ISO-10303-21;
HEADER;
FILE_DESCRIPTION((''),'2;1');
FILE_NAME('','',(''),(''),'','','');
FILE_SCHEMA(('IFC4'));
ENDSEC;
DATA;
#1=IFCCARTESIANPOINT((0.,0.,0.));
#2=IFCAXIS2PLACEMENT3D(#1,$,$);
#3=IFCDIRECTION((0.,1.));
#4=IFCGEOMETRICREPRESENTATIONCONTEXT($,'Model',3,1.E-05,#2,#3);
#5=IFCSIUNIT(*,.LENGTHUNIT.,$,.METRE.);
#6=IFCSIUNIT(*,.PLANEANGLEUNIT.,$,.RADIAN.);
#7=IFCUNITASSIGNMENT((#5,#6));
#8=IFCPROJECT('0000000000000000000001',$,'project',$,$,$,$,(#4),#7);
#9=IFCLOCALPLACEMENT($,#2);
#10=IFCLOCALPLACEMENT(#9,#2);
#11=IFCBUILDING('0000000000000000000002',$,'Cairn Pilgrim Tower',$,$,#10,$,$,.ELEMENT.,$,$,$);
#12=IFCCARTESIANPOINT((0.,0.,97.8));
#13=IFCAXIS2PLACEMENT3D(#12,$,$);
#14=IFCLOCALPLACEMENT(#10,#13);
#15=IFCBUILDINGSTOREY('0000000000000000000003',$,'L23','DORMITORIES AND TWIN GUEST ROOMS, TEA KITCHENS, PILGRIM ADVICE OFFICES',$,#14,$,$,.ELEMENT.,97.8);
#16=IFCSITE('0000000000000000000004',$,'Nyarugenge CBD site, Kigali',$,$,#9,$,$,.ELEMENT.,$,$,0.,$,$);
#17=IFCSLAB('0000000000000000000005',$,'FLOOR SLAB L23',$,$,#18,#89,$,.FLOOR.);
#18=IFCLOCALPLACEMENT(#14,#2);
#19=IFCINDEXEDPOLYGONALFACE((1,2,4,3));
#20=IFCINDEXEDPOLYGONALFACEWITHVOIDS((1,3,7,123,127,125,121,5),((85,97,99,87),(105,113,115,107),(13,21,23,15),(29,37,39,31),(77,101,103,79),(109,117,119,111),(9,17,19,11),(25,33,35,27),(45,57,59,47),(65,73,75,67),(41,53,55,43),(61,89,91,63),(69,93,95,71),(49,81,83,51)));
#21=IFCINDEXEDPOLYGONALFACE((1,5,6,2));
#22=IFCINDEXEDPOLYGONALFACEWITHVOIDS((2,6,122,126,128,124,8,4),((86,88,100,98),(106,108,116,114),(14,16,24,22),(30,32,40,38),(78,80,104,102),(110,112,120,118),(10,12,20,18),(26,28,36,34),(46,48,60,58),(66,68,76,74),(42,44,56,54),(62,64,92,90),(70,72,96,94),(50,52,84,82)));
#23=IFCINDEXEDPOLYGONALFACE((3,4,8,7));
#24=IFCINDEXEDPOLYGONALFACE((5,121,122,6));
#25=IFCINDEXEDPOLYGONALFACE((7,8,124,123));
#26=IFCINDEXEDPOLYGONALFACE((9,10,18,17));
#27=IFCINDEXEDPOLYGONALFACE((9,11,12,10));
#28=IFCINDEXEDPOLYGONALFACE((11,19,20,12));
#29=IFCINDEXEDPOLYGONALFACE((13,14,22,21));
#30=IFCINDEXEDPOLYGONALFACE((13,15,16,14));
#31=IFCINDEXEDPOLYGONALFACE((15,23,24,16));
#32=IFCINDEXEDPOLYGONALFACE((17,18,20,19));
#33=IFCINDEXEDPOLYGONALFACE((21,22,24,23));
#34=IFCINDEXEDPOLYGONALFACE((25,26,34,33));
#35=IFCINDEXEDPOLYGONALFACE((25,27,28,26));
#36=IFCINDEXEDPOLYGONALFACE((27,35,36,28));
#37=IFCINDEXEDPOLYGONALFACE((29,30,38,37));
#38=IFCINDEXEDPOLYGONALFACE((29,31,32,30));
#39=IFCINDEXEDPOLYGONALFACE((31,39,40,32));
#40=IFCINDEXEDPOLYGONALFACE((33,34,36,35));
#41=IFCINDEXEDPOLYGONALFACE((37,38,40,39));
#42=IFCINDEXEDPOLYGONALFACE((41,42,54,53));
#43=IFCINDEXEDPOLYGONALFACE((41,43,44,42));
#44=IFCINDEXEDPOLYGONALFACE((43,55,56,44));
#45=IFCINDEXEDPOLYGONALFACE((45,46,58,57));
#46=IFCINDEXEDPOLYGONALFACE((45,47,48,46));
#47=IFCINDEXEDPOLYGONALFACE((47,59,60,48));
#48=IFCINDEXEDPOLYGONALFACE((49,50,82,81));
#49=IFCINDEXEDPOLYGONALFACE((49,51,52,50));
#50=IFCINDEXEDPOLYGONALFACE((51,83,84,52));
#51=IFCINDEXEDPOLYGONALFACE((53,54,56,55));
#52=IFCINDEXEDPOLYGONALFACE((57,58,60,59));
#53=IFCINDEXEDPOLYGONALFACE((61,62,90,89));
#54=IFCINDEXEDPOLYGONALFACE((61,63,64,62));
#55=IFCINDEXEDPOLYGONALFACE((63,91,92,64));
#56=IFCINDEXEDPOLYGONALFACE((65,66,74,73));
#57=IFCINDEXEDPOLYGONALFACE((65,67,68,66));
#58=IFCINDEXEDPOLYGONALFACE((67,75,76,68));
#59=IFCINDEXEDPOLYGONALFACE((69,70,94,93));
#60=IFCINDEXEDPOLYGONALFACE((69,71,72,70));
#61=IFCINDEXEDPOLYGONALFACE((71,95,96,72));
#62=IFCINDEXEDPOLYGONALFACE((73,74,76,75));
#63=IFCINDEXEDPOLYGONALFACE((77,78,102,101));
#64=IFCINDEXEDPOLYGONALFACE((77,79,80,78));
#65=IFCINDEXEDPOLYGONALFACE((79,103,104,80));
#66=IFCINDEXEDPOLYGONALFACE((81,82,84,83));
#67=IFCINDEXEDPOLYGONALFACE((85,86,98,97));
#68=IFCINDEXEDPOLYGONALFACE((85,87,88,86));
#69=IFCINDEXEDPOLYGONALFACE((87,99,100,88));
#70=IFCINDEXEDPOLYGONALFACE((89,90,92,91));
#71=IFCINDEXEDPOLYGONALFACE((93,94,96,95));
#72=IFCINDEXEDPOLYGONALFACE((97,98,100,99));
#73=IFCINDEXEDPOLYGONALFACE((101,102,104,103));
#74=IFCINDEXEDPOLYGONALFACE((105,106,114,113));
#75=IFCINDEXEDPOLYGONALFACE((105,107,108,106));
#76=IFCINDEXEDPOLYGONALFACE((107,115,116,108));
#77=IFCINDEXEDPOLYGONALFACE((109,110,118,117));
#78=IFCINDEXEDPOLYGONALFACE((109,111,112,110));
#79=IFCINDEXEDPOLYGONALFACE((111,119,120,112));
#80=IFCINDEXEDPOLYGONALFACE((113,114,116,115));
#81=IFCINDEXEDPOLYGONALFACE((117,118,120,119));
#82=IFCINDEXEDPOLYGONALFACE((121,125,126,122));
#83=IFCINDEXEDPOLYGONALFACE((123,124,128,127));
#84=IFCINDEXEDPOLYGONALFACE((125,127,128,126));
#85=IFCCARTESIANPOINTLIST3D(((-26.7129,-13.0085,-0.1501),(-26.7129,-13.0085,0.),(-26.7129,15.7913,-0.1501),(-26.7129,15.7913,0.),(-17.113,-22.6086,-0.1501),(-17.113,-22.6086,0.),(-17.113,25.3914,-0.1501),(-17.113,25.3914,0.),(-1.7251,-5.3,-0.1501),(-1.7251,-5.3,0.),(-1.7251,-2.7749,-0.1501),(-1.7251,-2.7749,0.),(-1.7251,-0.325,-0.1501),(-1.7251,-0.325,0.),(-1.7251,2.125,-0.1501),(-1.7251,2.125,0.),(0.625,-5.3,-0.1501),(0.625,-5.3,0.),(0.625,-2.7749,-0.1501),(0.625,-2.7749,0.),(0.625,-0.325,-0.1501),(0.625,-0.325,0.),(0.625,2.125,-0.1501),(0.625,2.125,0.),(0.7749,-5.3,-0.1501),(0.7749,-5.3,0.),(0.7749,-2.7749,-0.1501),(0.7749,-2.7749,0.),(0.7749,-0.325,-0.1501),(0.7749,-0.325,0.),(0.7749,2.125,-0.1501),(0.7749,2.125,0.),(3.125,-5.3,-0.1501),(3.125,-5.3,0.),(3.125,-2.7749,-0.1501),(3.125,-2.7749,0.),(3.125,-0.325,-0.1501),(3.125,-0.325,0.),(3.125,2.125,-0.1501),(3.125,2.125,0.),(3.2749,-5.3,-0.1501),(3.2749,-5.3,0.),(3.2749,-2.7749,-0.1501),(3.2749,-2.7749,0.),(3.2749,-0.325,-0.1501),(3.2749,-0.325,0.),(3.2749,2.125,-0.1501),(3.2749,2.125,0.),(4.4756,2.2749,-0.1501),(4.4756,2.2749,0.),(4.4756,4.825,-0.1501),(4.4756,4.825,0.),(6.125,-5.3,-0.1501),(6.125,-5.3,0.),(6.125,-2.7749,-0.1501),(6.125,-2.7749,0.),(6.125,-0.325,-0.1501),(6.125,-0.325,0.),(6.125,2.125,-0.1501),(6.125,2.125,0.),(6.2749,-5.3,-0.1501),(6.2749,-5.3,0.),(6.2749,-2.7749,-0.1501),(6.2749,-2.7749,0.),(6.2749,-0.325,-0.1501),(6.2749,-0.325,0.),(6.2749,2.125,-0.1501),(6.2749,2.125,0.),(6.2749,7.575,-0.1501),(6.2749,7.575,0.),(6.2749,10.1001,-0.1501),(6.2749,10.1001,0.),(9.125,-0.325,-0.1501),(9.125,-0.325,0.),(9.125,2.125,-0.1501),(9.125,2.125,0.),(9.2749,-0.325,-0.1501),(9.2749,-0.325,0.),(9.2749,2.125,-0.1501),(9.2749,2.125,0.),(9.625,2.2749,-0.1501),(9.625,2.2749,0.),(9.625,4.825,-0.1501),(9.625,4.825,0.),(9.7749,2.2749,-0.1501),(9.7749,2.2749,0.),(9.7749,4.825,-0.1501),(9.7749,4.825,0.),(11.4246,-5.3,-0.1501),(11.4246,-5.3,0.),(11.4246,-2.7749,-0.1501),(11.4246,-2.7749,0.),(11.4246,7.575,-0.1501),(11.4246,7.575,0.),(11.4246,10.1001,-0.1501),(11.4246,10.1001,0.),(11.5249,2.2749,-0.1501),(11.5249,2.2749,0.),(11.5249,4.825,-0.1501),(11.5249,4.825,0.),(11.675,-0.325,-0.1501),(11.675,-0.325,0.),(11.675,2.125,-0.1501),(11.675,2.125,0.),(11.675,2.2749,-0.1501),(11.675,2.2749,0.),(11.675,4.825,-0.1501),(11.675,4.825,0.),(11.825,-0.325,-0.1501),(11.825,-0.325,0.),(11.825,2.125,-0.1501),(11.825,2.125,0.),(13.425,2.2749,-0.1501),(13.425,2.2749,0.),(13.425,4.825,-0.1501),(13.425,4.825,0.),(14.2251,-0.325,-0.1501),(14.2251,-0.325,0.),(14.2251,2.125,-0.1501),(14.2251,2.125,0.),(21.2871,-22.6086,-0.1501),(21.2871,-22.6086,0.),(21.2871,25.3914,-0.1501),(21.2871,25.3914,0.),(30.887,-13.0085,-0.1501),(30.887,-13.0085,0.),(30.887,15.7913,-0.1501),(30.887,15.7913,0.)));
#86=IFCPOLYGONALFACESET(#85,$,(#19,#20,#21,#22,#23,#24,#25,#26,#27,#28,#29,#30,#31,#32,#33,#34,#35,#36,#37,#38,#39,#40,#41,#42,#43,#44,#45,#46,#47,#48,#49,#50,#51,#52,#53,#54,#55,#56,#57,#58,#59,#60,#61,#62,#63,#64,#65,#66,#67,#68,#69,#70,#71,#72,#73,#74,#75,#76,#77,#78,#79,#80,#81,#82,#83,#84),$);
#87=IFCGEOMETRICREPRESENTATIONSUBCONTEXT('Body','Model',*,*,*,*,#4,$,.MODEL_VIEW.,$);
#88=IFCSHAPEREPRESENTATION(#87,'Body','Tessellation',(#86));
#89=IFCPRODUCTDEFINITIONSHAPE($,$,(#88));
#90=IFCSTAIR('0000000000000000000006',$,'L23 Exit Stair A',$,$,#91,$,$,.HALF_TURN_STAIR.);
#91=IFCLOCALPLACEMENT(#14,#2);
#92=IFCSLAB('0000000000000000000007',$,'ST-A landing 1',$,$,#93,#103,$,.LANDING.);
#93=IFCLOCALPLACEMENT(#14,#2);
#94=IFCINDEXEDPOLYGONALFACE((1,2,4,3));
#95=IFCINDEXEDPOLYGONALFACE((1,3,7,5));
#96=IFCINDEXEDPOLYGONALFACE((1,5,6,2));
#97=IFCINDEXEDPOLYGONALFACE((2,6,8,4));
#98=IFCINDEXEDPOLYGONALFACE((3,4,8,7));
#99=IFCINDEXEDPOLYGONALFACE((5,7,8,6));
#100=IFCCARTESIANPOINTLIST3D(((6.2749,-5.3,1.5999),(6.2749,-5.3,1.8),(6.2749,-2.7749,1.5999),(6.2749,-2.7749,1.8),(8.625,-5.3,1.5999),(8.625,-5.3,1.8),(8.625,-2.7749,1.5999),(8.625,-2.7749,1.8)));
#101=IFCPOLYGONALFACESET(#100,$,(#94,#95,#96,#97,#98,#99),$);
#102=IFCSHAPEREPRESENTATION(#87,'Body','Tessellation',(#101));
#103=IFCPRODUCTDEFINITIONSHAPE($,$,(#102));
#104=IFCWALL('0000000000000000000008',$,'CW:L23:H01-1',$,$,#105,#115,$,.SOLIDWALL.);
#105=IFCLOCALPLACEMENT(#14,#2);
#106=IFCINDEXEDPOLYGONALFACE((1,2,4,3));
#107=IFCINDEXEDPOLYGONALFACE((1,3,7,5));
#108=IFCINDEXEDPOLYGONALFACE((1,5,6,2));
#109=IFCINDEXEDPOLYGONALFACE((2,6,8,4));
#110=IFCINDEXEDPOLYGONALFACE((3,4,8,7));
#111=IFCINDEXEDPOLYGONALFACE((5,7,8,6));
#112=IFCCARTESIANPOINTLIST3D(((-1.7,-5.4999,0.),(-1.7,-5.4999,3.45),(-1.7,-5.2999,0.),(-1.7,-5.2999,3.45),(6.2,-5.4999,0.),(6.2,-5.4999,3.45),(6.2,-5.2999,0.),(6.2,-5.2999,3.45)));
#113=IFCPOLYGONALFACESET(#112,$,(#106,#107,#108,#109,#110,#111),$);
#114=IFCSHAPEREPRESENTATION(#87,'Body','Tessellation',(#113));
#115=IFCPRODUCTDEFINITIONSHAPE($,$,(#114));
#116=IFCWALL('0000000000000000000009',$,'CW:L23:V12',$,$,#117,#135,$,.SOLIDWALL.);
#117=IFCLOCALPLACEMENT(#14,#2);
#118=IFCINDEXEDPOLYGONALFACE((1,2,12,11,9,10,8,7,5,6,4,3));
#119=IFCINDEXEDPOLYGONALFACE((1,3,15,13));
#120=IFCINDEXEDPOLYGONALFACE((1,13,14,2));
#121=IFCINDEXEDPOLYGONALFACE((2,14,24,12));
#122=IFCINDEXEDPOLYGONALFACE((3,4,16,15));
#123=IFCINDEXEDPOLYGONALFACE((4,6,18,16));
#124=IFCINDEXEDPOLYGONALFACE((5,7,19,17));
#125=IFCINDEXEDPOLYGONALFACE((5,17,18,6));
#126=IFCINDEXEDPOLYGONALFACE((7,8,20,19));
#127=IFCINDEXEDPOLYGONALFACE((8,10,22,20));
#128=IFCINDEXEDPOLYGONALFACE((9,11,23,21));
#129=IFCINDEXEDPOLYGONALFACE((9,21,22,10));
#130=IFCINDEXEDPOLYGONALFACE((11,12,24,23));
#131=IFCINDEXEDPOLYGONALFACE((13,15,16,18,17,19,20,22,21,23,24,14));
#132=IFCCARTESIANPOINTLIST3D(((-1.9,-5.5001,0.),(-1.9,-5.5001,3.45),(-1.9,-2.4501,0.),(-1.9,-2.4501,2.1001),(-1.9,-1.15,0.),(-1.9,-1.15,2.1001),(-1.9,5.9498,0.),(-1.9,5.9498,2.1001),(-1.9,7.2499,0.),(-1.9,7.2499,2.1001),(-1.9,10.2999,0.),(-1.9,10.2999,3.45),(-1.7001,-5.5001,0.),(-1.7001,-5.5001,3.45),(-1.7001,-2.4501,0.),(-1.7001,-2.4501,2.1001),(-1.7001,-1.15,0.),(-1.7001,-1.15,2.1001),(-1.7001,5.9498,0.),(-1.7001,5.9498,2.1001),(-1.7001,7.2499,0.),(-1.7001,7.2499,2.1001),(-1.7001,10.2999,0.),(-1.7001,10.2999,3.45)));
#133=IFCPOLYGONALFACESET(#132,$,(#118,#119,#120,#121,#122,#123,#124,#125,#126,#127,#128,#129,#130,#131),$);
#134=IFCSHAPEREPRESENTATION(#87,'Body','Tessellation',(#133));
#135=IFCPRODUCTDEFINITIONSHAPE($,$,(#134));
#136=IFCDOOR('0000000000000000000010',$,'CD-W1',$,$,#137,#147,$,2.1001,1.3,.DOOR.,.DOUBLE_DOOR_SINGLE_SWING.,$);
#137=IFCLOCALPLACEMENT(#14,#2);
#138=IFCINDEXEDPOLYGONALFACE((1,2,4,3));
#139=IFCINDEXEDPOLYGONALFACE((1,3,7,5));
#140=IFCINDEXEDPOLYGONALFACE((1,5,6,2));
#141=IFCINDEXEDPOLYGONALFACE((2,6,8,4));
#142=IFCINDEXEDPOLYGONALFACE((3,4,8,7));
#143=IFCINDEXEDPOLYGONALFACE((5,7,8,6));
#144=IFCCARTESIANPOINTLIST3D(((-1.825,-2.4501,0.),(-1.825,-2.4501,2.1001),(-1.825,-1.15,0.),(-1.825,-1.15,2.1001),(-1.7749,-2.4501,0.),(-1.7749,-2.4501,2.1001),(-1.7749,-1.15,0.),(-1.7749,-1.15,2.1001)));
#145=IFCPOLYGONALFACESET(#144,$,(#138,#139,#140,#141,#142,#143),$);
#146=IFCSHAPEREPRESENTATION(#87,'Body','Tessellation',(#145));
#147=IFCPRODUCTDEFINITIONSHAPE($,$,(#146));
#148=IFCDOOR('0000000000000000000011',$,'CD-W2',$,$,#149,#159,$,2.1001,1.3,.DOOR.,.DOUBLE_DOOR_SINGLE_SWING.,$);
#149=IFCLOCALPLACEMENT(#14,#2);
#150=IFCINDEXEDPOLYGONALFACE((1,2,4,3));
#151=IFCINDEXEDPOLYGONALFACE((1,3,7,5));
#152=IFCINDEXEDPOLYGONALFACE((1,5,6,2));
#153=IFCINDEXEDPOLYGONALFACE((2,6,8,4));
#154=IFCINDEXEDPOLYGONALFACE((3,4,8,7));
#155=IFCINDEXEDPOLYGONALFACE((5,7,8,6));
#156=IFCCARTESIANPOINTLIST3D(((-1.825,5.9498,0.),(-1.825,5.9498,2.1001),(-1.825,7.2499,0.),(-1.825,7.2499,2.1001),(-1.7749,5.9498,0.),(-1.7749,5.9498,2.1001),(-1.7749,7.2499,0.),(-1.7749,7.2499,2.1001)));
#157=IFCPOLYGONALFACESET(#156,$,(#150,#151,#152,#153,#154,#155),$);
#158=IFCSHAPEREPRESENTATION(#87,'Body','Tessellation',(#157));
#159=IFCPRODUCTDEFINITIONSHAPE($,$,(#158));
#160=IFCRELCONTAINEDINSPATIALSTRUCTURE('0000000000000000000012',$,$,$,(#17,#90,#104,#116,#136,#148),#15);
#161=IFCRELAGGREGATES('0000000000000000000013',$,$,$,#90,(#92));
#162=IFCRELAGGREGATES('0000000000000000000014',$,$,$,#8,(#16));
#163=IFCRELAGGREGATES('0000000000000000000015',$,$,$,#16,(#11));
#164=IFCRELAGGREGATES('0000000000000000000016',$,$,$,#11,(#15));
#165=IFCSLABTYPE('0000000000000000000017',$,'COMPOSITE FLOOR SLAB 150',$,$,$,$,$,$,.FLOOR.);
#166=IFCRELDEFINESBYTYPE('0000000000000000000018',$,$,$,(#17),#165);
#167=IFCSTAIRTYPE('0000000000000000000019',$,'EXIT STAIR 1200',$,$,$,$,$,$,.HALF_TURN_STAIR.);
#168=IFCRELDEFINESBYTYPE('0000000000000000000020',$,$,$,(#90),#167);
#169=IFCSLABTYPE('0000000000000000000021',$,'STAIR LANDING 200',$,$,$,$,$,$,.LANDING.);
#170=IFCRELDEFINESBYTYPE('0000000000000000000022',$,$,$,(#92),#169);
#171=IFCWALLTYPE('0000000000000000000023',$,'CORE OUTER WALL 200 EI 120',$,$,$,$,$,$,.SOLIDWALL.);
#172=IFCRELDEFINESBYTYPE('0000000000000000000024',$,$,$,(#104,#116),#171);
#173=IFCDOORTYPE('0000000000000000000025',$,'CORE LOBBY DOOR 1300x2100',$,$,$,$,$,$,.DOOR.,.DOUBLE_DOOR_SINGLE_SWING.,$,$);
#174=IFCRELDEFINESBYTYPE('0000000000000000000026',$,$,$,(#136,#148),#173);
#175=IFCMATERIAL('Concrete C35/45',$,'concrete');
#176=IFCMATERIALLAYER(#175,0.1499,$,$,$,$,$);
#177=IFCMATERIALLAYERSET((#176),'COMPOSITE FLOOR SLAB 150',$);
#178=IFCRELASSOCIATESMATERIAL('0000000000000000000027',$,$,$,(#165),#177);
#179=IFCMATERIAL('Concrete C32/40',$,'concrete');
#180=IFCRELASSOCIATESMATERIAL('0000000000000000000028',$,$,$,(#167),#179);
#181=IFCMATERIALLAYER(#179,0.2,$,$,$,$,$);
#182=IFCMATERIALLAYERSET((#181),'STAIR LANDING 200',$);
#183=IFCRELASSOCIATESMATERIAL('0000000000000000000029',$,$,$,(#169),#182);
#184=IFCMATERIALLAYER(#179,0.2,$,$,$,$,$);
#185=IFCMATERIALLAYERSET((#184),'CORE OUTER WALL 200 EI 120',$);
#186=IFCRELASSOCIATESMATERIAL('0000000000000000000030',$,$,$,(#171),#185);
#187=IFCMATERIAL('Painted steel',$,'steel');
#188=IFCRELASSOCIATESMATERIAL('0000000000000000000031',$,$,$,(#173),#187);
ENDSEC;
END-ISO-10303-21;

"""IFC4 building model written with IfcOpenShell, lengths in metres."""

from ifc_helpers import new_model, si_unit, direction, frame, frame_2d, origin, place, context, subcontext, project, spatial, polyline, rectangle, outline, extrude, material, layer, layer_set, type_object, element, fill, aggregate, save


model = new_model("IFC4")

# Units and contexts
model_context = context("Model", 3, precision=1e-05, world=origin(), true_north=direction((0.0, 1.0)))
body_context = subcontext(model_context, "Body", "Model", "MODEL_VIEW")
ifc_project = project(units=[si_unit("LENGTHUNIT", "METRE"), si_unit("PLANEANGLEUNIT", "RADIAN")], contexts=[model_context])

# Site, building, storey
site_placement = place(None, origin())
site = spatial("IfcSite", under=ifc_project, at=site_placement, Name="Nyarugenge CBD site, Kigali", CompositionType="ELEMENT", RefElevation=0.0)
building_placement = place(site_placement, origin())
building = spatial("IfcBuilding", under=site, at=building_placement, Name="Cairn Pilgrim Tower", CompositionType="ELEMENT")
storey_placement = place(building_placement, frame((0.0, 0.0, 97.8)))
storey = spatial("IfcBuildingStorey", under=building, at=storey_placement, Name="L23", Description="DORMITORIES AND TWIN GUEST ROOMS, TEA KITCHENS, PILGRIM ADVICE OFFICES", CompositionType="ELEMENT", Elevation=97.8)

# Slab
ifc_material_1 = material(Name="Concrete C35/45", Category="concrete")
ifc_layer_1 = layer(ifc_material_1, 0.1499)
ifc_layer_set_1 = layer_set([ifc_layer_1], Name="COMPOSITE FLOOR SLAB 150")
slab_type_1 = type_object("IfcSlabType", Name="COMPOSITE FLOOR SLAB 150", PredefinedType="FLOOR", material=ifc_layer_set_1)
slab_1_placement = place(storey_placement, frame((0.0, 0.0, -0.1501)))
element("IfcSlab", 1, at=slab_1_placement, inside=storey, type_object=slab_type_1, Name="FLOOR SLAB L23", PredefinedType="FLOOR", context=body_context, shape_type="SweptSolid", body=[
    extrude(outline(polyline([(-17.113, -22.6086), (21.2871, -22.6086), (30.887, -13.0085), (30.887, 15.7913), (21.2871, 25.3914), (-17.113, 25.3914), (-26.7129, 15.7913), (-26.7129, -13.0085), (-17.113, -22.6086)]), holes=[polyline([(-1.7251, -5.3), (0.625, -5.3), (0.625, -2.7749), (-1.7251, -2.7749), (-1.7251, -5.3)]), polyline([(0.7749, -5.3), (3.125, -5.3), (3.125, -2.7749), (0.7749, -2.7749), (0.7749, -5.3)]), polyline([(-1.7251, -0.325), (0.625, -0.325), (0.625, 2.125), (-1.7251, 2.125), (-1.7251, -0.325)]), polyline([(0.7749, -0.325), (3.125, -0.325), (3.125, 2.125), (0.7749, 2.125), (0.7749, -0.325)]), polyline([(3.2749, -5.3), (6.125, -5.3), (6.125, -2.7749), (3.2749, -2.7749), (3.2749, -5.3)]), polyline([(3.2749, -0.325), (6.125, -0.325), (6.125, 2.125), (3.2749, 2.125), (3.2749, -0.325)]), polyline([(6.2749, -0.325), (9.125, -0.325), (9.125, 2.125), (6.2749, 2.125), (6.2749, -0.325)]), polyline([(9.2749, -0.325), (11.675, -0.325), (11.675, 2.125), (9.2749, 2.125), (9.2749, -0.325)]), polyline([(11.825, -0.325), (14.2251, -0.325), (14.2251, 2.125), (11.825, 2.125), (11.825, -0.325)]), polyline([(9.7749, 2.2749), (11.5249, 2.2749), (11.5249, 4.825), (9.7749, 4.825), (9.7749, 2.2749)]), polyline([(11.675, 2.2749), (13.425, 2.2749), (13.425, 4.825), (11.675, 4.825), (11.675, 2.2749)]), polyline([(11.4246, -2.7749), (6.2749, -2.7749), (6.2749, -5.3), (11.4246, -5.3), (11.4246, -2.7749)]), polyline([(4.4756, 2.2749), (9.625, 2.2749), (9.625, 4.825), (4.4756, 4.825), (4.4756, 2.2749)]), polyline([(11.4246, 10.1001), (6.2749, 10.1001), (6.2749, 7.575), (11.4246, 7.575), (11.4246, 10.1001)])]), origin(), (0.0, 0.0, 1.0), 0.1501),
])

# Stair, slab
ifc_material_2 = material(Name="Concrete C32/40", Category="concrete")
stair_type = type_object("IfcStairType", Name="EXIT STAIR 1200", PredefinedType="HALF_TURN_STAIR", material=ifc_material_2)
stair_placement = place(storey_placement, origin())
stair = element("IfcStair", 2, at=stair_placement, inside=storey, type_object=stair_type, Name="L23 Exit Stair A", PredefinedType="HALF_TURN_STAIR")
ifc_layer_2 = layer(ifc_material_2, 0.2)
ifc_layer_set_2 = layer_set([ifc_layer_2], Name="STAIR LANDING 200")
slab_type_2 = type_object("IfcSlabType", Name="STAIR LANDING 200", PredefinedType="LANDING", material=ifc_layer_set_2)
slab_2_placement = place(storey_placement, frame((0.0, 0.0, 1.5999)))
slab_2 = element("IfcSlab", 3, at=slab_2_placement, type_object=slab_type_2, Name="ST-A landing 1", PredefinedType="LANDING", context=body_context, shape_type="SweptSolid", body=[
    extrude(outline(polyline([(8.625, -2.7749), (6.2749, -2.7749), (6.2749, -5.3), (8.625, -5.3), (8.625, -2.7749)])), origin(), (0.0, 0.0, 1.0), 0.2002),
])
aggregate(stair, [slab_2])

# Wall
ifc_layer_3 = layer(ifc_material_2, 0.2)
ifc_layer_set_3 = layer_set([ifc_layer_3], Name="CORE OUTER WALL 200 EI 120")
wall_type_1 = type_object("IfcWallType", Name="CORE OUTER WALL 200 EI 120", PredefinedType="SOLIDWALL", material=ifc_layer_set_3)
wall_1_placement = place(storey_placement, frame((-1.7, -5.3999, 0.0), z_axis=(0.0, 0.0, 1.0), x_axis=(1.0, 0.0, 0.0)))
element("IfcWall", 4, at=wall_1_placement, inside=storey, type_object=wall_type_1, Name="CW:L23:H01-1", PredefinedType="SOLIDWALL", context=body_context, shape_type="SweptSolid", body=[
    extrude(rectangle(XDim=7.8999, YDim=0.2, at=frame_2d((3.95, 0.0))), origin(), (0.0, 0.0, 1.0), 3.45),
])

# Wall, openings, doors
wall_2_placement = place(storey_placement, frame((-1.8, -5.5, 0.0), z_axis=(0.0, 0.0, 1.0), x_axis=(0.0, 1.0, 0.0)))
wall_2 = element("IfcWall", 5, at=wall_2_placement, inside=storey, type_object=wall_type_1, Name="CW:L23:V12", PredefinedType="SOLIDWALL", context=body_context, shape_type="SweptSolid", body=[
    extrude(rectangle(XDim=15.8, YDim=0.2, at=frame_2d((7.8999, 0.0))), origin(), (0.0, 0.0, 1.0), 3.45),
])
opening_1_placement = place(wall_2_placement, frame((3.05, 0.0, 0.0)))
opening_1 = element("IfcOpeningElement", 6, at=opening_1_placement, cuts=wall_2, PredefinedType="OPENING", context=body_context, shape_type="SweptSolid", body=[
    extrude(rectangle(XDim=1.3, YDim=2.1001, at=frame_2d((0.6499, 1.05))), frame((0.0, 0.1099, 0.0), z_axis=(0.0, -1.0, 0.0), x_axis=(1.0, 0.0, 0.0)), (0.0, 0.0, 1.0), 0.22),
])
opening_2_placement = place(wall_2_placement, frame((11.45, 0.0, 0.0)))
opening_2 = element("IfcOpeningElement", 7, at=opening_2_placement, cuts=wall_2, PredefinedType="OPENING", context=body_context, shape_type="SweptSolid", body=[
    extrude(rectangle(XDim=1.3, YDim=2.1001, at=frame_2d((0.6499, 1.05))), frame((0.0, 0.1099, 0.0), z_axis=(0.0, -1.0, 0.0), x_axis=(1.0, 0.0, 0.0)), (0.0, 0.0, 1.0), 0.22),
])
ifc_material_3 = material(Name="Painted steel", Category="steel")
door_type_1 = type_object("IfcDoorType", Name="CORE LOBBY DOOR 1300x2100", OperationType="DOUBLE_DOOR_SINGLE_SWING", PredefinedType="DOOR", material=ifc_material_3)
door_1_placement = place(opening_1_placement, origin())
door_1 = element("IfcDoor", 8, at=door_1_placement, inside=storey, type_object=door_type_1, Name="CD-W1", OperationType="DOUBLE_DOOR_SINGLE_SWING", OverallHeight=2.1001, OverallWidth=1.3, PredefinedType="DOOR", context=body_context, shape_type="SweptSolid", body=[
    extrude(rectangle(XDim=1.3, YDim=2.1001, at=frame_2d((0.6499, 1.05))), frame((0.0, 0.0249, 0.0), z_axis=(0.0, -1.0, 0.0), x_axis=(1.0, 0.0, 0.0)), (0.0, 0.0, 1.0), 0.05),
])
fill(opening_1, door_1)
door_2_placement = place(opening_2_placement, origin())
door_2 = element("IfcDoor", 9, at=door_2_placement, inside=storey, type_object=door_type_1, Name="CD-W2", OperationType="DOUBLE_DOOR_SINGLE_SWING", OverallHeight=2.1001, OverallWidth=1.3, PredefinedType="DOOR", context=body_context, shape_type="SweptSolid", body=[
    extrude(rectangle(XDim=1.3, YDim=2.1001, at=frame_2d((0.6499, 1.05))), frame((0.0, 0.0249, 0.0), z_axis=(0.0, -1.0, 0.0), x_axis=(1.0, 0.0, 0.0)), (0.0, 0.0, 1.0), 0.05),
])
fill(opening_2, door_2)

save(model, "model.ifc")
